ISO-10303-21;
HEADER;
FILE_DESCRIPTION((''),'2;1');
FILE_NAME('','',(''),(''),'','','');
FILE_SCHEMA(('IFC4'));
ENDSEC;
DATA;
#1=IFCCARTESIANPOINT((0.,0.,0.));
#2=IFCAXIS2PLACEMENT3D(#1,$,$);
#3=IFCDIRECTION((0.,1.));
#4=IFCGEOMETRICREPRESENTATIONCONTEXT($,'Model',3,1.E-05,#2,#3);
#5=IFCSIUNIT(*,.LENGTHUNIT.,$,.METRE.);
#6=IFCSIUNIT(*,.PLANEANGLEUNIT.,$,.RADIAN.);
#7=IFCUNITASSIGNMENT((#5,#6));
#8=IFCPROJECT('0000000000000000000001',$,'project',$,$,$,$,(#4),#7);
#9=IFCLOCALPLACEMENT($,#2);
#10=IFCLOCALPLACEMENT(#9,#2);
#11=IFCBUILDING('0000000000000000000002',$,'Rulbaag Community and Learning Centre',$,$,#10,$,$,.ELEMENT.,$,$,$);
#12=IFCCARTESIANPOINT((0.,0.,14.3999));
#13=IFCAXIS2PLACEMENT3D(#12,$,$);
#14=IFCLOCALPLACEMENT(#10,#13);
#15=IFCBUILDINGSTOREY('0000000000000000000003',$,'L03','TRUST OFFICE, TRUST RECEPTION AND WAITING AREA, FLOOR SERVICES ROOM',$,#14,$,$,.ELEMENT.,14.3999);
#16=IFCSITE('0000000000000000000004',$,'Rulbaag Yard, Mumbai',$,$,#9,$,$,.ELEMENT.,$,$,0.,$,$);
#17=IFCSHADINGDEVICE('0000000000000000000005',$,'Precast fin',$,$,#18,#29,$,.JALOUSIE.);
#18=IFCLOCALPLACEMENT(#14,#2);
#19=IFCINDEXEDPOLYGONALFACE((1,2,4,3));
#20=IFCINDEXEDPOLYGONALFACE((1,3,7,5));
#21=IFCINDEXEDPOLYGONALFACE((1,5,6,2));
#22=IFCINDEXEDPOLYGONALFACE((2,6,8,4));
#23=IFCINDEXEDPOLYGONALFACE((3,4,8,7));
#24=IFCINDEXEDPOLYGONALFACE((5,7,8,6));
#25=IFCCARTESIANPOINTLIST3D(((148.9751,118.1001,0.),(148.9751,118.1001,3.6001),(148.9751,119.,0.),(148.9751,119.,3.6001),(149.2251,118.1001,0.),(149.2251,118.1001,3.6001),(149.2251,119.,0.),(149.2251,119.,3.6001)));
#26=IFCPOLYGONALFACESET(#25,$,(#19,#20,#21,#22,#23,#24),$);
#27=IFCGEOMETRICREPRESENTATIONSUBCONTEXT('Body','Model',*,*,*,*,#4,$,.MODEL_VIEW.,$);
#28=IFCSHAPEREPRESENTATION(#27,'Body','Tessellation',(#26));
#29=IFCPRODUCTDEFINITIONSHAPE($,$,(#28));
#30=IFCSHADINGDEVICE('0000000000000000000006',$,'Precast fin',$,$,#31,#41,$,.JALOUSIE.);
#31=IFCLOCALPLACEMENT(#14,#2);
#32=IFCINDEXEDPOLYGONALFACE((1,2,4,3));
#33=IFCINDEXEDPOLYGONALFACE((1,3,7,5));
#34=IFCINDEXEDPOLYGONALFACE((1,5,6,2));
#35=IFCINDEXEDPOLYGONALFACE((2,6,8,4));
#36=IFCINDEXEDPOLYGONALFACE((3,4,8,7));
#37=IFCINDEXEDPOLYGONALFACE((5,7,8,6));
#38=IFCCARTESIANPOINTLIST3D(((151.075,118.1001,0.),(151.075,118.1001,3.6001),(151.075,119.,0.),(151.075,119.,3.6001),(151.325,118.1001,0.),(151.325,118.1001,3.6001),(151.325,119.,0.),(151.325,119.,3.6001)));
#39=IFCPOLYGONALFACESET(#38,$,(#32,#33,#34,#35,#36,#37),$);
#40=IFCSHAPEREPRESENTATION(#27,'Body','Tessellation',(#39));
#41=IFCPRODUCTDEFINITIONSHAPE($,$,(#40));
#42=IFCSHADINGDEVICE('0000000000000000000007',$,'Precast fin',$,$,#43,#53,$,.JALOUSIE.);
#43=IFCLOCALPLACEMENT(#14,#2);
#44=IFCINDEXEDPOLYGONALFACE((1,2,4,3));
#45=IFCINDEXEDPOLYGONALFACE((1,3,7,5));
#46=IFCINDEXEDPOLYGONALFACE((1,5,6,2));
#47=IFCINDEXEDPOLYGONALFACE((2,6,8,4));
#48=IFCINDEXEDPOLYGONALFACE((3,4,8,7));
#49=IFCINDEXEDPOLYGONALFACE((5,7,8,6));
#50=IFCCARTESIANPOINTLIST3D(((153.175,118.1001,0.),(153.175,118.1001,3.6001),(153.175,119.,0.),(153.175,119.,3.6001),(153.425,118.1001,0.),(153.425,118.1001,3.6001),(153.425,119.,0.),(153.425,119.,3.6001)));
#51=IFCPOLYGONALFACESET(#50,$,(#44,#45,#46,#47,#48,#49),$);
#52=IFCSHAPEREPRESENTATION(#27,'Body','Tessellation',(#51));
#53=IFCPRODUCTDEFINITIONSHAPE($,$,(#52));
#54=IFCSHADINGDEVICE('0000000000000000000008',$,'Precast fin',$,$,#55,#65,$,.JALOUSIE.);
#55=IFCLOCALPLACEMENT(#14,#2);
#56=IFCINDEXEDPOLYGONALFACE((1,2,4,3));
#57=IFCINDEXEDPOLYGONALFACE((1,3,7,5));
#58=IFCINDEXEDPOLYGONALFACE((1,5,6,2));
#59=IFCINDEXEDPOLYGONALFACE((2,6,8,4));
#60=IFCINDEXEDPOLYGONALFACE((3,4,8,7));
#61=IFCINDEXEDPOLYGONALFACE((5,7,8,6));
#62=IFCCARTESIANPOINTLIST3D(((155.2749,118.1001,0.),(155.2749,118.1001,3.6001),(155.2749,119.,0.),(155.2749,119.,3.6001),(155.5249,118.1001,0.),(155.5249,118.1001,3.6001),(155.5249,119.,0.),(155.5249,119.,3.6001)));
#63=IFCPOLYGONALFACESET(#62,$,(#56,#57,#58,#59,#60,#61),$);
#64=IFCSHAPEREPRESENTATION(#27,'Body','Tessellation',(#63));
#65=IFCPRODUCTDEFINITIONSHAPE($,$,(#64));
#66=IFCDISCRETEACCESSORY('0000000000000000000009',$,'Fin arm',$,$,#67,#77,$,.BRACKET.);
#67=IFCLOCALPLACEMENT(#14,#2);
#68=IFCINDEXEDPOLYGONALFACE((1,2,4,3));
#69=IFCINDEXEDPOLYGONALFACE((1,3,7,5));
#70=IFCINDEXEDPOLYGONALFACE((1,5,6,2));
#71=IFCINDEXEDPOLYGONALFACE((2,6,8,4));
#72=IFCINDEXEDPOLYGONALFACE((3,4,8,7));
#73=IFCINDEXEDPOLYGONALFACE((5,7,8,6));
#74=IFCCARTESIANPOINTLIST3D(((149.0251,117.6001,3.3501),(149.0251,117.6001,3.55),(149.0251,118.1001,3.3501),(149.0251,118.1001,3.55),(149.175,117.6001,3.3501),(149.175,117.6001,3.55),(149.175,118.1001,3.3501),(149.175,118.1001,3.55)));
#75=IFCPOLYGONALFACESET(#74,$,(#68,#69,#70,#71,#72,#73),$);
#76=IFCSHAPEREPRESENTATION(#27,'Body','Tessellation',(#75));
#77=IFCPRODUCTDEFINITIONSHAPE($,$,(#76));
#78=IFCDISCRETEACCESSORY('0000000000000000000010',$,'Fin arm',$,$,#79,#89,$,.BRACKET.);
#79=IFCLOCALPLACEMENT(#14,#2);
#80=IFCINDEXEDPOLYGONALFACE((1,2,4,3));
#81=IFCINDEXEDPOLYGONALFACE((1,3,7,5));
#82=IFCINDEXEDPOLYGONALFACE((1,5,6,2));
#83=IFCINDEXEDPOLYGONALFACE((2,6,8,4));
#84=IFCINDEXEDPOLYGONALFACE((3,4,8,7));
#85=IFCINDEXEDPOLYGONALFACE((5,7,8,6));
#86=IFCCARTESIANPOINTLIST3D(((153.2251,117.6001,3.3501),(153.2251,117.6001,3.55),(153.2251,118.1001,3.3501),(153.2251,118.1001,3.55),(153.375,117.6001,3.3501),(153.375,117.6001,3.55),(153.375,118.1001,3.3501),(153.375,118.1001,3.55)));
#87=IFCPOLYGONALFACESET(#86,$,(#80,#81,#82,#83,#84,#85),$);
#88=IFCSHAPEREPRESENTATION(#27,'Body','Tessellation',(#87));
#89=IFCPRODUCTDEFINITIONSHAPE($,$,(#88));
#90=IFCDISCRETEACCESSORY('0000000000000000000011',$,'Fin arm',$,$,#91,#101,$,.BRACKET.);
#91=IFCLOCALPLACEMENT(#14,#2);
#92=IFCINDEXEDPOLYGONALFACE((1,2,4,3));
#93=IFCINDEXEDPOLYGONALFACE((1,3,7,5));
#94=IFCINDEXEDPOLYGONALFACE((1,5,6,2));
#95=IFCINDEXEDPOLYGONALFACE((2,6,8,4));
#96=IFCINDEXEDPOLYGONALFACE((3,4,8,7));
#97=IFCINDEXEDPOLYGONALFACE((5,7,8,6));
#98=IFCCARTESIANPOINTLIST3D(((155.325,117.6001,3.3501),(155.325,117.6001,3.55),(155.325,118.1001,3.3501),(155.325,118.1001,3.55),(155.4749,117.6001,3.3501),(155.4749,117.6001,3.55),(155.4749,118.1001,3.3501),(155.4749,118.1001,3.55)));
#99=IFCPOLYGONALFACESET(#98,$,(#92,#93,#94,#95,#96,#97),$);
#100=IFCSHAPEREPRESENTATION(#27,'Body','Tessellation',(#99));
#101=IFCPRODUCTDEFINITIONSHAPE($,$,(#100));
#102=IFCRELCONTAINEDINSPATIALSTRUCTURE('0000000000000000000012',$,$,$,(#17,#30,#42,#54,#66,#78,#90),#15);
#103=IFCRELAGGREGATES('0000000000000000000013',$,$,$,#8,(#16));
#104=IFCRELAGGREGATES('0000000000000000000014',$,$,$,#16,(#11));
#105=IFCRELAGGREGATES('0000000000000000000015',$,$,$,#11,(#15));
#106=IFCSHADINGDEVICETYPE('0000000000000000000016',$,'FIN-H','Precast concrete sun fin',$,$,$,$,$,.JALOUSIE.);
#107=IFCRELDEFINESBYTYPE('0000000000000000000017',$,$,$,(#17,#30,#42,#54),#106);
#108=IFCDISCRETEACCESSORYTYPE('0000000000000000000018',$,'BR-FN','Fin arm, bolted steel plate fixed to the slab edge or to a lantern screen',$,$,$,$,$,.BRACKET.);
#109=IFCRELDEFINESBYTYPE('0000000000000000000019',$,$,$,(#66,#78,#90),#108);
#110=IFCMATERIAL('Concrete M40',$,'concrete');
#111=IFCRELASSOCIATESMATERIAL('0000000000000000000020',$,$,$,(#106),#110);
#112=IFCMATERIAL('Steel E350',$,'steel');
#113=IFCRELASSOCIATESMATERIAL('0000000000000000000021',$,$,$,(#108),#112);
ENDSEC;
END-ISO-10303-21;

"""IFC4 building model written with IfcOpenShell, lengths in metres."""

from ifc_helpers import new_model, si_unit, direction, frame, origin, origin_2d, place, context, subcontext, project, spatial, rectangle, extrude, material, material_profile, profile_set, type_object, element, save


model = new_model("IFC4")

# Units and contexts
model_context = context("Model", 3, precision=1e-05, world=origin(), true_north=direction((0.0, 1.0)))
body_context = subcontext(model_context, "Body", "Model", "MODEL_VIEW")
ifc_project = project(units=[si_unit("LENGTHUNIT", "METRE"), si_unit("PLANEANGLEUNIT", "RADIAN")], contexts=[model_context])

# Site, building, storey
site_placement = place(None, origin())
site = spatial("IfcSite", under=ifc_project, at=site_placement, Name="Rulbaag Yard, Mumbai", CompositionType="ELEMENT", RefElevation=0.0)
building_placement = place(site_placement, origin())
building = spatial("IfcBuilding", under=site, at=building_placement, Name="Rulbaag Community and Learning Centre", CompositionType="ELEMENT")
storey_placement = place(building_placement, frame((0.0, 0.0, 14.3999)))
storey = spatial("IfcBuildingStorey", under=building, at=storey_placement, Name="L03", Description="TRUST OFFICE, TRUST RECEPTION AND WAITING AREA, FLOOR SERVICES ROOM", CompositionType="ELEMENT", Elevation=14.3999)

# Shared definitions
ifc_material_1 = material(Name="Concrete M40", Category="concrete")

# Shading devices
ifc_material_profile_1 = material_profile(ifc_material_1, rectangle(XDim=0.25, YDim=0.8999, at=origin_2d()), Name="PC 250x900")
ifc_profile_set_1 = profile_set([ifc_material_profile_1], Name="Concrete M40")
shading_device_type = type_object("IfcShadingDeviceType", Name="FIN-H", Description="Precast concrete sun fin", PredefinedType="JALOUSIE", material=ifc_profile_set_1)
for number, where, z_axis, x_axis, name in (
    (1, (149.1001, 118.55, 0.0), (0.0, 0.0, 1.0), (1.0, 0.0, 0.0), "Precast fin"),
    (2, (151.2, 118.55, 0.0), (0.0, 0.0, 1.0), (1.0, 0.0, 0.0), "Precast fin"),
    (3, (153.3, 118.55, 0.0), (0.0, 0.0, 1.0), (1.0, 0.0, 0.0), "Precast fin"),
    (4, (155.3999, 118.55, 0.0), (0.0, 0.0, 1.0), (1.0, 0.0, 0.0), "Precast fin"),
):
    element("IfcShadingDevice", number, at=place(storey_placement, frame(where, z_axis=z_axis, x_axis=x_axis)), inside=storey, type_object=shading_device_type, Name=name, PredefinedType="JALOUSIE", context=body_context, shape_type="SweptSolid", body=[
        extrude(rectangle(XDim=0.25, YDim=0.8999, at=origin_2d()), origin(), (0.0, 0.0, 1.0), 3.6001),
    ])

# Discrete accessories
ifc_material_2 = material(Name="Steel E350", Category="steel")
discrete_accessory_type = type_object("IfcDiscreteAccessoryType", Name="BR-FN", Description="Fin arm, bolted steel plate fixed to the slab edge or to a lantern screen", PredefinedType="BRACKET", material=ifc_material_2)
for number, where, z_axis, x_axis, name in (
    (5, (149.1001, 117.8501, 3.3501), (0.0, 0.0, 1.0), (1.0, 0.0, 0.0), "Fin arm"),
    (6, (153.3, 117.8501, 3.3501), (0.0, 0.0, 1.0), (1.0, 0.0, 0.0), "Fin arm"),
    (7, (155.3999, 117.8501, 3.3501), (0.0, 0.0, 1.0), (1.0, 0.0, 0.0), "Fin arm"),
):
    element("IfcDiscreteAccessory", number, at=place(storey_placement, frame(where, z_axis=z_axis, x_axis=x_axis)), inside=storey, type_object=discrete_accessory_type, Name=name, PredefinedType="BRACKET", context=body_context, shape_type="SweptSolid", body=[
        extrude(rectangle(XDim=0.1499, YDim=0.5, at=origin_2d()), origin(), (0.0, 0.0, 1.0), 0.2),
    ])

save(model, "model.ifc")
